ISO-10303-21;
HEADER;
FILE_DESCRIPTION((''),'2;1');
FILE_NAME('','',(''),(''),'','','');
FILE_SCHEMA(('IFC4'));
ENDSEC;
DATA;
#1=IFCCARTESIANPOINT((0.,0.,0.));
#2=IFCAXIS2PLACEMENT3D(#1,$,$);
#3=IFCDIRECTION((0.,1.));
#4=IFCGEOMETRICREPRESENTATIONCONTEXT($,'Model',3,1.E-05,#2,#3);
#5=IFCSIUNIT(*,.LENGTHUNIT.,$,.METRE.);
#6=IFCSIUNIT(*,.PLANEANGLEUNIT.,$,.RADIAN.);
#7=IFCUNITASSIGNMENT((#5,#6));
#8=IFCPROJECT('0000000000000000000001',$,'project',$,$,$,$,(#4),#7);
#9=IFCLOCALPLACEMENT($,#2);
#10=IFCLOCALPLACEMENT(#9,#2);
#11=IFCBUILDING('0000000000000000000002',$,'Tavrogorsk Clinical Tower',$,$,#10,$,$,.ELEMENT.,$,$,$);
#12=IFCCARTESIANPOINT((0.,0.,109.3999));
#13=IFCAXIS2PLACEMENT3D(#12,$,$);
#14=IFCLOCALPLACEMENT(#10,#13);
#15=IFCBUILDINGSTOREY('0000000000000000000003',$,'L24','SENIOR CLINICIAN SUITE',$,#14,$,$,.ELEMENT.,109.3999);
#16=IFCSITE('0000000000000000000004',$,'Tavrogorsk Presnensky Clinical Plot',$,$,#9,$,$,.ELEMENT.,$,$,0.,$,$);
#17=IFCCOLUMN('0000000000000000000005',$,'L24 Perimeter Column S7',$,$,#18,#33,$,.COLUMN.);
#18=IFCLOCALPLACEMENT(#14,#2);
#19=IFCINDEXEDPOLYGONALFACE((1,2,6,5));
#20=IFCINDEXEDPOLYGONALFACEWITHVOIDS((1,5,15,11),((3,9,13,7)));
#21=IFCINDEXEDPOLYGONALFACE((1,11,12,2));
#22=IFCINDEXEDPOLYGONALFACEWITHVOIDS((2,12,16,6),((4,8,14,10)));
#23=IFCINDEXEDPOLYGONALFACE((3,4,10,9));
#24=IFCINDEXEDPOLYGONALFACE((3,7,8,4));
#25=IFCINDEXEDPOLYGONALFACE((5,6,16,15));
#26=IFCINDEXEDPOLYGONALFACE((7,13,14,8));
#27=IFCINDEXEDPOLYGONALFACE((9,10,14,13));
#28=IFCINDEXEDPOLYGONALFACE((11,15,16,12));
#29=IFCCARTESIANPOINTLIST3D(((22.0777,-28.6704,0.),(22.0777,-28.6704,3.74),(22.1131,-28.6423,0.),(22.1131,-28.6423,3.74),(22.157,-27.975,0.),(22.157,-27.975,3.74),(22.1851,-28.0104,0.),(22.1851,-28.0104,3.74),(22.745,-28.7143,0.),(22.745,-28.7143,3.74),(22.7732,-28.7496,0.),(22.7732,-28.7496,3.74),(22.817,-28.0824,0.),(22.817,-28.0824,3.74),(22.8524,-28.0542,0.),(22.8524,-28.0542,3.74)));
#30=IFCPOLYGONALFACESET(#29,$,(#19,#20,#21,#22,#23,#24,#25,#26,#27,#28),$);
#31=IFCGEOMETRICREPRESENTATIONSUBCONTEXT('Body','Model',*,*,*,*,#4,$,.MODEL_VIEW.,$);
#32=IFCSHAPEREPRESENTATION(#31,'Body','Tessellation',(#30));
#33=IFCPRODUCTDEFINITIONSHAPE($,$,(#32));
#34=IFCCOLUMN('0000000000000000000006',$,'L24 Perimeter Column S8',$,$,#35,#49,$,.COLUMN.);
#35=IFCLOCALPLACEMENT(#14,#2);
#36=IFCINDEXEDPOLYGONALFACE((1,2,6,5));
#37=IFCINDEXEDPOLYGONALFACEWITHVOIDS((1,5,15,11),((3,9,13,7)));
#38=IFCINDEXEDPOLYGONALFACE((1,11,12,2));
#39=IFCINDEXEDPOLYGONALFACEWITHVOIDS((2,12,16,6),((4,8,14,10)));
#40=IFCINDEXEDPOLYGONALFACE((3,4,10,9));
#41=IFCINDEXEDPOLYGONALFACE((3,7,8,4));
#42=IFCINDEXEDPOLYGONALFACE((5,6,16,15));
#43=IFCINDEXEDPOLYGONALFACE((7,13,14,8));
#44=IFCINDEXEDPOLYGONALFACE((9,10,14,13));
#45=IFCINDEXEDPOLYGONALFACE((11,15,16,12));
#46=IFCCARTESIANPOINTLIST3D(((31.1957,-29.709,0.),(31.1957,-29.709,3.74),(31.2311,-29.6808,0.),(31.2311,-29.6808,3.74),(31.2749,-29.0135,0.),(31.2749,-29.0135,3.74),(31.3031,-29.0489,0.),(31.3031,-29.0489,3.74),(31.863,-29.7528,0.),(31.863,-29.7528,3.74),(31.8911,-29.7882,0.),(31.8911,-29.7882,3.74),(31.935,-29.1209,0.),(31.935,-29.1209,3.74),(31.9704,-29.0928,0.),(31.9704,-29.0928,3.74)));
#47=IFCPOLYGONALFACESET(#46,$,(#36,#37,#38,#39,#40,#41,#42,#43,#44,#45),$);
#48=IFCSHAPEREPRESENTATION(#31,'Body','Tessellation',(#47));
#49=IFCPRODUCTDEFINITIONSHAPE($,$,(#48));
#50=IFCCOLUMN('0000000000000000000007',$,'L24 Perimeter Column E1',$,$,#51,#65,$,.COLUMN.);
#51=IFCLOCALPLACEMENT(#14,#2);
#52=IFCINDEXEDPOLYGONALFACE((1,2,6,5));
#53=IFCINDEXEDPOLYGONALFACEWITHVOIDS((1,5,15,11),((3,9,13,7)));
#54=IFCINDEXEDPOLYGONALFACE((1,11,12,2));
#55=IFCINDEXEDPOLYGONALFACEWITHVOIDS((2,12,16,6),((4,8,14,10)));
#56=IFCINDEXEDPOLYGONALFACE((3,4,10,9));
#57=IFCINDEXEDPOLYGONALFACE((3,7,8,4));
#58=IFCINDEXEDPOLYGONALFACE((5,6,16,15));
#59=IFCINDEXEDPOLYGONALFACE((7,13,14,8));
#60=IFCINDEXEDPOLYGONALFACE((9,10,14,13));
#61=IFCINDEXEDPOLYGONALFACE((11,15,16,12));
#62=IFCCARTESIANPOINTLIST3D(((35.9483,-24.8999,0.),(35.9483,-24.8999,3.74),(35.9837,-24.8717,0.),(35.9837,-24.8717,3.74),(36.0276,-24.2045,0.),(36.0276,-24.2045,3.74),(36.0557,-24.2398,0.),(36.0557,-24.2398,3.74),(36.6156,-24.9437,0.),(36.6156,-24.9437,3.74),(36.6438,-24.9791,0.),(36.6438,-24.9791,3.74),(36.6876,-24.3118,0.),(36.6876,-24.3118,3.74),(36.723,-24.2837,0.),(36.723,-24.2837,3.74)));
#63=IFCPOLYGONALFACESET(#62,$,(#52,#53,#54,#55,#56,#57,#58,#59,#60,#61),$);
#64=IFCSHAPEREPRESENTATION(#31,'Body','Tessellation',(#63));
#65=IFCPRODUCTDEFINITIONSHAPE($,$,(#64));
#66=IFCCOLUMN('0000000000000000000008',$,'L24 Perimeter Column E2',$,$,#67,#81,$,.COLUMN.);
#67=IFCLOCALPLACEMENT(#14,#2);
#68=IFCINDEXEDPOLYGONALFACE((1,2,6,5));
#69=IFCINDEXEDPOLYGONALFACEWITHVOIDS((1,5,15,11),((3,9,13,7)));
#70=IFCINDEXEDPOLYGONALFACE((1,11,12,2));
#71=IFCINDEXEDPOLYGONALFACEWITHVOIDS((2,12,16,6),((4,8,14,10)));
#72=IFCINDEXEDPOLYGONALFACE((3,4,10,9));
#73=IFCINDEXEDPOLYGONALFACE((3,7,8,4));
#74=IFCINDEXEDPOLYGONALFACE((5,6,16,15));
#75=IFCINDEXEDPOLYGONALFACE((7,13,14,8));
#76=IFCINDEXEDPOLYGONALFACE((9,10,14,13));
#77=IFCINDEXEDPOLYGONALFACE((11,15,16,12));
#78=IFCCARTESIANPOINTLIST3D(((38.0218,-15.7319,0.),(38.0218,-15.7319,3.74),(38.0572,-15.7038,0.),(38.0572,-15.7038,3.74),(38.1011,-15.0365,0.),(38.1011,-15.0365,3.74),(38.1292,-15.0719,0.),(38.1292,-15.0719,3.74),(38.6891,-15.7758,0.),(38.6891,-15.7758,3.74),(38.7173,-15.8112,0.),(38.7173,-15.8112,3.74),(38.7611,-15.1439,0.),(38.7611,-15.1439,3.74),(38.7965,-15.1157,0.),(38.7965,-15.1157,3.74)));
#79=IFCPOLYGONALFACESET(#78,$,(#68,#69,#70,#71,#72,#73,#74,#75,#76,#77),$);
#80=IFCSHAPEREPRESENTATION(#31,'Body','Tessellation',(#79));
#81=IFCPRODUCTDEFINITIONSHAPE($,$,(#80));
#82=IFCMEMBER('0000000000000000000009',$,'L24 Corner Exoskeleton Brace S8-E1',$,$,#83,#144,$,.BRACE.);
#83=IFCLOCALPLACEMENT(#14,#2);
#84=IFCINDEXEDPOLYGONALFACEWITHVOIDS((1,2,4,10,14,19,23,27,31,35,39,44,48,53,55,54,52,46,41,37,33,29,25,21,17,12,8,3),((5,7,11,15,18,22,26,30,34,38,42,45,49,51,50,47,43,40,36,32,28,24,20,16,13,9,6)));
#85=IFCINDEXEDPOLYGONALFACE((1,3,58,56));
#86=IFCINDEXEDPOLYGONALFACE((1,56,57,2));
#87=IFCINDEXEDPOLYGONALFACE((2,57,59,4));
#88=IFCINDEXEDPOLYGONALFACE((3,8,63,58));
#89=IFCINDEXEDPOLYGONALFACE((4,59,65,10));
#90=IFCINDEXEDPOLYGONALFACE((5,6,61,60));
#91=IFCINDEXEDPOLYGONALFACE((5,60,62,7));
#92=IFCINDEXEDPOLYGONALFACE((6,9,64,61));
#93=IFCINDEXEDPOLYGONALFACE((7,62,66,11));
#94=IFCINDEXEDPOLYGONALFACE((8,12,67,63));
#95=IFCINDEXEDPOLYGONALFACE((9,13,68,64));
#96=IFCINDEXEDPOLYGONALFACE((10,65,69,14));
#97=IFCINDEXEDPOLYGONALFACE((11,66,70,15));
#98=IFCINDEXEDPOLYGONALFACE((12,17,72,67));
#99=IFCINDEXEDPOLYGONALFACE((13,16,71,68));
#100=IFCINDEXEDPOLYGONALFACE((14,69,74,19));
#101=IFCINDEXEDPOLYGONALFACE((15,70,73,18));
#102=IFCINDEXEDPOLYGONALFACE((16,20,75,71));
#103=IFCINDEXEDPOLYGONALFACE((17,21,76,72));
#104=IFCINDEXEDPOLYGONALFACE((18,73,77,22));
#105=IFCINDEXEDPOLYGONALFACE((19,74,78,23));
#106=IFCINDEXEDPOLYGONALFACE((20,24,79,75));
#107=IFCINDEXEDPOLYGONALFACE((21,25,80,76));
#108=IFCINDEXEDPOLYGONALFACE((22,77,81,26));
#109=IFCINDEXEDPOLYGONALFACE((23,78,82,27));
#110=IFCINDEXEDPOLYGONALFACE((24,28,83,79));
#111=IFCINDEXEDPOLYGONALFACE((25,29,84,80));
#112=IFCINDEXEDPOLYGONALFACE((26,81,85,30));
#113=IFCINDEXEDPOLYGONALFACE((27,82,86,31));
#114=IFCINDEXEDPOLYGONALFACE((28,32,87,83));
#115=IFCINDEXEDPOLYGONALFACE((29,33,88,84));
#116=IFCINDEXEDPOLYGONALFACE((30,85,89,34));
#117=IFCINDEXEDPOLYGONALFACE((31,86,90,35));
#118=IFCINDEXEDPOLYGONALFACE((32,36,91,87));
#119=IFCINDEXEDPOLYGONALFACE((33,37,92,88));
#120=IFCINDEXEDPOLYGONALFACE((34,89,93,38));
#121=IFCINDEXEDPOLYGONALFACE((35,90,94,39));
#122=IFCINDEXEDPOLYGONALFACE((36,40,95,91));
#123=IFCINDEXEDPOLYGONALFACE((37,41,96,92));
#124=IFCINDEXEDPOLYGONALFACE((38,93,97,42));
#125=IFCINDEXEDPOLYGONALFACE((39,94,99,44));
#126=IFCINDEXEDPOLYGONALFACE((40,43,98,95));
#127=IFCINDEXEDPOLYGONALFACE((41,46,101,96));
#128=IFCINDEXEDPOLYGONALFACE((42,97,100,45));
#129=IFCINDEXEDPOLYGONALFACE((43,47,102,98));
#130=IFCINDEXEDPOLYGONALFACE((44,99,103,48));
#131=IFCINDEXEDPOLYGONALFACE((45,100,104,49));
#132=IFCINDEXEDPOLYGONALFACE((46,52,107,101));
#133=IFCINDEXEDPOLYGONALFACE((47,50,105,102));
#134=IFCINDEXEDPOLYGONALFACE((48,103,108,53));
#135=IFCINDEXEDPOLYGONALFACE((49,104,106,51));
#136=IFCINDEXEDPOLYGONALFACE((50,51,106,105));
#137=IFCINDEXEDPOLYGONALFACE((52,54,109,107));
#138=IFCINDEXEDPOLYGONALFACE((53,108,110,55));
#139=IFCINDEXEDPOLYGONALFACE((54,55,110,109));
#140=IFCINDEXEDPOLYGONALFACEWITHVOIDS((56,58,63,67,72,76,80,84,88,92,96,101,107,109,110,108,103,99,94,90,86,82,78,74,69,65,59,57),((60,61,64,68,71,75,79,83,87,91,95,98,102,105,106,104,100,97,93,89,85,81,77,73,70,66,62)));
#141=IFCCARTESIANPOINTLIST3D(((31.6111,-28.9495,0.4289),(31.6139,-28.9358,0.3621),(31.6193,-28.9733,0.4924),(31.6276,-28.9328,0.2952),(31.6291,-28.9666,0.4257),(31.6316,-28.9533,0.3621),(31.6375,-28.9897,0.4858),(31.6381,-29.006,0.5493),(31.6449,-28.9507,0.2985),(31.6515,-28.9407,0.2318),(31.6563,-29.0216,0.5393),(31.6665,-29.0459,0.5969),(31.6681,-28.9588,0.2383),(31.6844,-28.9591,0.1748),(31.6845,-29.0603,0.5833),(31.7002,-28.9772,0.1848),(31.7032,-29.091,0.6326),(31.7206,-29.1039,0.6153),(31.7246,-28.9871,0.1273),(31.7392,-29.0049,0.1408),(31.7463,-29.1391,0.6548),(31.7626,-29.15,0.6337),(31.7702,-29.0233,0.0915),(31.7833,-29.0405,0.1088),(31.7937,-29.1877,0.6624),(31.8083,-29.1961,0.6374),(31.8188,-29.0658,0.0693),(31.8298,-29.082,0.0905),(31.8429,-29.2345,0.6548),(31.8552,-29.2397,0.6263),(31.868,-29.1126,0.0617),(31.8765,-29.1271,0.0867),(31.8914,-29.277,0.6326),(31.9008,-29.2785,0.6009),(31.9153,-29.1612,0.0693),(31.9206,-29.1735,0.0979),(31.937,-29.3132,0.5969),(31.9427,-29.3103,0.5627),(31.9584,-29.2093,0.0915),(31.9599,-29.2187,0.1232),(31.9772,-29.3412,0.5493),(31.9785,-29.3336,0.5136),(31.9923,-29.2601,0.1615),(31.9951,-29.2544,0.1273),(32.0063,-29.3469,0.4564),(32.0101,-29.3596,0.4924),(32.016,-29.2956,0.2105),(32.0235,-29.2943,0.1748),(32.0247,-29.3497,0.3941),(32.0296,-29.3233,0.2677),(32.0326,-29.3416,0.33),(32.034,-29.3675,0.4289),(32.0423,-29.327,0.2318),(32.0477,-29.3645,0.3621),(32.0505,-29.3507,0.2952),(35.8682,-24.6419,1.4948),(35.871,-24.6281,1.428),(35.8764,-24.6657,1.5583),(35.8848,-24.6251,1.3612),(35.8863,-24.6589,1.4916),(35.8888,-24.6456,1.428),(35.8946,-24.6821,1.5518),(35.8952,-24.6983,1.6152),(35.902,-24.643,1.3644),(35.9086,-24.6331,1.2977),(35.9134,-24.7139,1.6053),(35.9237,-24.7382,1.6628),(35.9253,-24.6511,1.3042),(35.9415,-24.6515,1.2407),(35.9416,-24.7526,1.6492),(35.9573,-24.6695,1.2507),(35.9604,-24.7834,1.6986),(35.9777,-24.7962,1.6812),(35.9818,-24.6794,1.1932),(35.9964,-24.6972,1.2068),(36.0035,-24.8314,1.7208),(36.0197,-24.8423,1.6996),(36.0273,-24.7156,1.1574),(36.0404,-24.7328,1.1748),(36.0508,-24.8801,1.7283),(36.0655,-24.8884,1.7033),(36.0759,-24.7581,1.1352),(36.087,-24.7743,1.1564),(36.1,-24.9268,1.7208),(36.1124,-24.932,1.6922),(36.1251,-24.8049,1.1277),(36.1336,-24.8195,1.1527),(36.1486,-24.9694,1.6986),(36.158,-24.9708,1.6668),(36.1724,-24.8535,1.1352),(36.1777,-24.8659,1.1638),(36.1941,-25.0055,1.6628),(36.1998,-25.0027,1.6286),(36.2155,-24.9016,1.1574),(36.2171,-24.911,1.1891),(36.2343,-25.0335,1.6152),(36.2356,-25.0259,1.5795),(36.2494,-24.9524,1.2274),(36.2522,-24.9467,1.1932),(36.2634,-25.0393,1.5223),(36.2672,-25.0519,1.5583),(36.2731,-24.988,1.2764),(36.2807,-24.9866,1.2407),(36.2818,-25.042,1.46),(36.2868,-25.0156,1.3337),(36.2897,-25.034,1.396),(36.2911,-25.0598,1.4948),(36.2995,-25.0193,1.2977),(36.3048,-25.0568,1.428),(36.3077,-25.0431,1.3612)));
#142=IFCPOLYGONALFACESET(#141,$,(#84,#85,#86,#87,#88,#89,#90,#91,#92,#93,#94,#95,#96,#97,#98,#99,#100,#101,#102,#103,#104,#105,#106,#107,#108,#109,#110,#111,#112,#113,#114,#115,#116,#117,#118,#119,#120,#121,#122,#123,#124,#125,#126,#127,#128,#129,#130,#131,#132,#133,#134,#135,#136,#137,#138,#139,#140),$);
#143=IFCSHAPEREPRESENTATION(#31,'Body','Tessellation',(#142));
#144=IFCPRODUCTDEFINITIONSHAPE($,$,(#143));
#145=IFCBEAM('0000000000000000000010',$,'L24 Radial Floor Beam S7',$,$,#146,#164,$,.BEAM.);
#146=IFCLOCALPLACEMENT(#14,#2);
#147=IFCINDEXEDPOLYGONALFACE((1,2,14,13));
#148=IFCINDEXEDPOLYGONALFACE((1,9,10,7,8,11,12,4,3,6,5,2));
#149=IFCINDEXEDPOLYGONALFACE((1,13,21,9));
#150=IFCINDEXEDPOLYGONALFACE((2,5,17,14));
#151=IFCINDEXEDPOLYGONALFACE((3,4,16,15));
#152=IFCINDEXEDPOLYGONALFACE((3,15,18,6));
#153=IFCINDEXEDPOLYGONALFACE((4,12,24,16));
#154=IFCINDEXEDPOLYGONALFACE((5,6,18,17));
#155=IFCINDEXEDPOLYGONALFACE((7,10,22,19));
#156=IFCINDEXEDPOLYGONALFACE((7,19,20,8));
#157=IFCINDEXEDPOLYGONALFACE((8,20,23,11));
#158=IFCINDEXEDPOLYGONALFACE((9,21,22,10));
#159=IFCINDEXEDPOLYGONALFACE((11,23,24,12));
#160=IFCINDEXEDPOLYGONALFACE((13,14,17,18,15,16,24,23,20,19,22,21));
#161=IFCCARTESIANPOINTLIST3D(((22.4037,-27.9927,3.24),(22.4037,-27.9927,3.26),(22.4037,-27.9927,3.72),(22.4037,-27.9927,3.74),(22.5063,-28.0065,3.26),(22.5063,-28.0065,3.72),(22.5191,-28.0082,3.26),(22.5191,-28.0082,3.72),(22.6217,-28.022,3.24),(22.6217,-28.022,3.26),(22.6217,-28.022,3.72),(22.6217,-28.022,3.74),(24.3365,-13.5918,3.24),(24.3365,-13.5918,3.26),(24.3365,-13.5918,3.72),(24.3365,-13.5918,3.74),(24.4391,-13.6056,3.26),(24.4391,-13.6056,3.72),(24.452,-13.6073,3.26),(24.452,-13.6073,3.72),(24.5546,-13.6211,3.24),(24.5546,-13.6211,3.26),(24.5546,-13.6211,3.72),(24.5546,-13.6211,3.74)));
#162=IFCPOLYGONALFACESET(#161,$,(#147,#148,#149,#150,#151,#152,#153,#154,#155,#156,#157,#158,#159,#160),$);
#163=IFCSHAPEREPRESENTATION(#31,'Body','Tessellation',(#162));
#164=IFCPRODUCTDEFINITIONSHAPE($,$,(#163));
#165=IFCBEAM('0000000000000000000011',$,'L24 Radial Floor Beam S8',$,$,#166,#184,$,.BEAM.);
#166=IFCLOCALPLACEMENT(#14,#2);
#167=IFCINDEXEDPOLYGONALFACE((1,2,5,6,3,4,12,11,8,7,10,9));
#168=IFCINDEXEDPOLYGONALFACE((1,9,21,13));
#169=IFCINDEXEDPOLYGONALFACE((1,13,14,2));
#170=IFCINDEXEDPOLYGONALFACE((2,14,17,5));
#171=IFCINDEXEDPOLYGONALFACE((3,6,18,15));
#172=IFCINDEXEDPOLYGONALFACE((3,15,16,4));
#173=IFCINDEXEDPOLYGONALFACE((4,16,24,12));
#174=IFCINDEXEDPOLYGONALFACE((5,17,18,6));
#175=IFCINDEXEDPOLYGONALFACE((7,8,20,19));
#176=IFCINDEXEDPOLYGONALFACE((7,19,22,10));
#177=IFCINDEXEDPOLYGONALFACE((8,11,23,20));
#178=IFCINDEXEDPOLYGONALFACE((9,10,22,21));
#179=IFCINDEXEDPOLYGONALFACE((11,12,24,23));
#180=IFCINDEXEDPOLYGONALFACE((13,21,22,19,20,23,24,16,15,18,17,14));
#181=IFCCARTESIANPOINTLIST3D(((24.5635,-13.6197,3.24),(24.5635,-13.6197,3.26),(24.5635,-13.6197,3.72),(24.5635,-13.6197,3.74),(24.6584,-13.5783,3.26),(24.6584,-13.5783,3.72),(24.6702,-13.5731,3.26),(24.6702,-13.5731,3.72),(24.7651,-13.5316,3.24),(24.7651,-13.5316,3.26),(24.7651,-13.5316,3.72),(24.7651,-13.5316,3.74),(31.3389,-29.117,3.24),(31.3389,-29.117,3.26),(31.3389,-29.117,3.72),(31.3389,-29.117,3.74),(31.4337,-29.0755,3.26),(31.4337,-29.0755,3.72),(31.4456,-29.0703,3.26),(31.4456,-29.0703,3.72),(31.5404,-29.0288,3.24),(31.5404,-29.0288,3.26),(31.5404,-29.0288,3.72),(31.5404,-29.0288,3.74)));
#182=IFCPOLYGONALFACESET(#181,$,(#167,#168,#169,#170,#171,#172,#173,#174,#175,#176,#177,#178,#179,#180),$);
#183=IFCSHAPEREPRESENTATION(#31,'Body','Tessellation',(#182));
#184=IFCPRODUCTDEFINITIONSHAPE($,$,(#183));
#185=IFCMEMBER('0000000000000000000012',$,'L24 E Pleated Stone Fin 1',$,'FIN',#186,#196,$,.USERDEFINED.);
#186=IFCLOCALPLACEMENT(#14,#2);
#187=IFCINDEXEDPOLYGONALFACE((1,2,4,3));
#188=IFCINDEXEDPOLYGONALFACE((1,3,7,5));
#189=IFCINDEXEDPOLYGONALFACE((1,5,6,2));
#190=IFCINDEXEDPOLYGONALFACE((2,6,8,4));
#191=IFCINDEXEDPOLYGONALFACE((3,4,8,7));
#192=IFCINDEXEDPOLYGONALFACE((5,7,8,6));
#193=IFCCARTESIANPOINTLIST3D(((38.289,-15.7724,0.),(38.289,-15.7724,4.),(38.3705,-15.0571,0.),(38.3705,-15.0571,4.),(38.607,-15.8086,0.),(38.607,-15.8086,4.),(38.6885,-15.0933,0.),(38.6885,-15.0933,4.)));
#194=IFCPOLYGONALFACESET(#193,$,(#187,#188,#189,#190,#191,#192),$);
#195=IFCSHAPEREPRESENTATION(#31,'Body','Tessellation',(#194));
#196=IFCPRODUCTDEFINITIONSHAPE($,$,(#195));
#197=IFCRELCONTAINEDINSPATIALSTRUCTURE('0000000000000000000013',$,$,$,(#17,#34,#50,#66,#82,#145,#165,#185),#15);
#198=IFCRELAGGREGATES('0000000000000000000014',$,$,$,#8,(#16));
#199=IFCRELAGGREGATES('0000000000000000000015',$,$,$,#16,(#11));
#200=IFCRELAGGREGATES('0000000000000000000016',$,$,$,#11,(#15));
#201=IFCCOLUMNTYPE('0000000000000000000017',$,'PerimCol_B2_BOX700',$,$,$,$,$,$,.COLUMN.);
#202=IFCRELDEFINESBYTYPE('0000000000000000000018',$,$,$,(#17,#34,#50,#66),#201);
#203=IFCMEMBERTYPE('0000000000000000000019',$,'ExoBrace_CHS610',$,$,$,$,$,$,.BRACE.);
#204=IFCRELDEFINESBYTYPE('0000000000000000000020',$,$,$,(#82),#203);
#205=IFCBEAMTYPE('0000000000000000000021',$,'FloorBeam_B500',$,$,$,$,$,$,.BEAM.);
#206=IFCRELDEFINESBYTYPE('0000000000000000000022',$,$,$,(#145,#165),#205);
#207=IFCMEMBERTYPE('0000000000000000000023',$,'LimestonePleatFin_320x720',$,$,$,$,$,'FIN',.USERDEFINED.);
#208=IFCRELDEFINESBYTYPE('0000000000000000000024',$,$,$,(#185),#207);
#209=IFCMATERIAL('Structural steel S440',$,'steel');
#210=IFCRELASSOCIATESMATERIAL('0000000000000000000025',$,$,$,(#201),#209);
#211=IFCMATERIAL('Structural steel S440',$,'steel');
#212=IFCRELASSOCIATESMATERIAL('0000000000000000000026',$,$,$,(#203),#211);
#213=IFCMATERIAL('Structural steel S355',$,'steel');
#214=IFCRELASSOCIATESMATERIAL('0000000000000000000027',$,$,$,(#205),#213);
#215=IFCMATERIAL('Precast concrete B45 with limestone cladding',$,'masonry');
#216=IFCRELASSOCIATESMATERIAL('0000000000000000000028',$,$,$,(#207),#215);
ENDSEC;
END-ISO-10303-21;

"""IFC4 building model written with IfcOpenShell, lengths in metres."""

from ifc_helpers import new_model, si_unit, direction, frame, origin, origin_2d, place, context, subcontext, project, spatial, rectangle, hollow_rectangle, hollow_circle, i_section, extrude, material, material_profile, profile_set, type_object, element, save


model = new_model("IFC4")

# Units and contexts
model_context = context("Model", 3, precision=1e-05, world=origin(), true_north=direction((0.0, 1.0)))
body_context = subcontext(model_context, "Body", "Model", "MODEL_VIEW")
ifc_project = project(units=[si_unit("LENGTHUNIT", "METRE"), si_unit("PLANEANGLEUNIT", "RADIAN")], contexts=[model_context])

# Site, building, storey
site_placement = place(None, origin())
site = spatial("IfcSite", under=ifc_project, at=site_placement, Name="Tavrogorsk Presnensky Clinical Plot", CompositionType="ELEMENT", RefElevation=0.0)
building_placement = place(site_placement, origin())
building = spatial("IfcBuilding", under=site, at=building_placement, Name="Tavrogorsk Clinical Tower", CompositionType="ELEMENT")
storey_placement = place(building_placement, frame((0.0, 0.0, 109.3999)))
storey = spatial("IfcBuildingStorey", under=building, at=storey_placement, Name="L24", Description="SENIOR CLINICIAN SUITE", CompositionType="ELEMENT", Elevation=109.3999)

# Columns
ifc_material_1 = material(Name="Structural steel S440", Category="steel")
ifc_material_profile_1 = material_profile(ifc_material_1, hollow_rectangle(XDim=0.7, YDim=0.7, WallThickness=0.032, at=origin_2d()), Name="BOX-700x700x32")
ifc_profile_set_1 = profile_set([ifc_material_profile_1], Name="Structural steel S440")
column_type = type_object("IfcColumnType", Name="PerimCol_B2_BOX700", PredefinedType="COLUMN", material=ifc_profile_set_1)
for number, where, z_axis, x_axis, name in (
    (1, (22.4651, -28.3623, 0.0), (0.0, 0.0, 1.0), (0.993572, -0.113203, 0.0), "L24 Perimeter Column S7"),
    (2, (31.583, -29.4009, 0.0), (0.0, 0.0, 1.0), (0.993572, -0.113203, 0.0), "L24 Perimeter Column S8"),
    (3, (36.3357, -24.5918, 0.0), (0.0, 0.0, 1.0), (0.993572, -0.113203, 0.0), "L24 Perimeter Column E1"),
    (4, (38.4092, -15.4238, 0.0), (0.0, 0.0, 1.0), (0.993572, -0.113203, 0.0), "L24 Perimeter Column E2"),
):
    element("IfcColumn", number, at=place(storey_placement, frame(where, z_axis=z_axis, x_axis=x_axis)), inside=storey, type_object=column_type, Name=name, PredefinedType="COLUMN", context=body_context, shape_type="SweptSolid", body=[
        extrude(hollow_rectangle(XDim=0.7, YDim=0.7, WallThickness=0.032, at=origin_2d()), origin(), (0.0, 0.0, 1.0), 3.74),
    ])

# Member
ifc_material_2 = material(Name="Structural steel S440", Category="steel")
ifc_material_profile_2 = material_profile(ifc_material_2, hollow_circle(Radius=0.3049, WallThickness=0.0249, at=origin_2d()), Name="CHS-610x25")
ifc_profile_set_2 = profile_set([ifc_material_profile_2], Name="Structural steel S440")
member_type_1 = type_object("IfcMemberType", Name="ExoBrace_CHS610", PredefinedType="BRACE", material=ifc_profile_set_2)
member_1_placement = place(storey_placement, frame((31.8308, -29.1501, 0.3621), z_axis=(0.692282, 0.7005, 0.173338), x_axis=(-0.711267, 0.702922, 0.0)))
element("IfcMember", 5, at=member_1_placement, inside=storey, type_object=member_type_1, Name="L24 Corner Exoskeleton Brace S8-E1", PredefinedType="BRACE", context=body_context, shape_type="SweptSolid", body=[
    extrude(hollow_circle(Radius=0.3049, WallThickness=0.0249, at=origin_2d()), origin(), (0.0, 0.0, 1.0), 6.1494),
])

# Beams
ifc_material_3 = material(Name="Structural steel S355", Category="steel")
ifc_material_profile_3 = material_profile(ifc_material_3, i_section(OverallWidth=0.22, OverallDepth=0.5, WebThickness=0.0129, FlangeThickness=0.02, at=origin_2d()), Name="B-500x220x13x20")
ifc_profile_set_3 = profile_set([ifc_material_profile_3], Name="Structural steel S355")
beam_type_1 = type_object("IfcBeamType", Name="FloorBeam_B500", PredefinedType="BEAM", material=ifc_profile_set_3)
beam_1_placement = place(storey_placement, frame((24.4456, -13.6064, 3.49), z_axis=(-0.133025, -0.991113, 0.0), x_axis=(0.991113, -0.133025, 0.0)))
element("IfcBeam", 6, at=beam_1_placement, inside=storey, type_object=beam_type_1, Name="L24 Radial Floor Beam S7", PredefinedType="BEAM", context=body_context, shape_type="SweptSolid", body=[
    extrude(i_section(OverallWidth=0.22, OverallDepth=0.5, WebThickness=0.0129, FlangeThickness=0.02, at=origin_2d()), origin(), (0.0, 0.0, 1.0), 14.53),
])
beam_2_placement = place(storey_placement, frame((24.6643, -13.5757, 3.49), z_axis=(0.400586, -0.916259, 0.0), x_axis=(0.916259, 0.400586, 0.0)))
element("IfcBeam", 7, at=beam_2_placement, inside=storey, type_object=beam_type_1, Name="L24 Radial Floor Beam S8", PredefinedType="BEAM", context=body_context, shape_type="SweptSolid", body=[
    extrude(i_section(OverallWidth=0.22, OverallDepth=0.5, WebThickness=0.0129, FlangeThickness=0.02, at=origin_2d()), origin(), (0.0, 0.0, 1.0), 16.9136),
])

# Member
ifc_material_4 = material(Name="Precast concrete B45 with limestone cladding", Category="masonry")
ifc_material_profile_4 = material_profile(ifc_material_4, rectangle(XDim=0.3201, YDim=0.72, at=origin_2d()), Name="LIMESTONE-FIN-320x720")
ifc_profile_set_4 = profile_set([ifc_material_profile_4], Name="Precast concrete B45 with limestone cladding")
member_type_2 = type_object("IfcMemberType", Name="LimestonePleatFin_320x720", ElementType="FIN", PredefinedType="USERDEFINED", material=ifc_profile_set_4)
member_2_placement = place(storey_placement, frame((38.4888, -15.4329, 0.0), z_axis=(0.0, 0.0, 1.0), x_axis=(0.993572, -0.113203, 0.0)))
element("IfcMember", 8, at=member_2_placement, inside=storey, type_object=member_type_2, Name="L24 E Pleated Stone Fin 1", ObjectType="FIN", PredefinedType="USERDEFINED", context=body_context, shape_type="SweptSolid", body=[
    extrude(rectangle(XDim=0.3201, YDim=0.72, at=origin_2d()), origin(), (0.0, 0.0, 1.0), 4.0),
])

save(model, "model.ifc")
